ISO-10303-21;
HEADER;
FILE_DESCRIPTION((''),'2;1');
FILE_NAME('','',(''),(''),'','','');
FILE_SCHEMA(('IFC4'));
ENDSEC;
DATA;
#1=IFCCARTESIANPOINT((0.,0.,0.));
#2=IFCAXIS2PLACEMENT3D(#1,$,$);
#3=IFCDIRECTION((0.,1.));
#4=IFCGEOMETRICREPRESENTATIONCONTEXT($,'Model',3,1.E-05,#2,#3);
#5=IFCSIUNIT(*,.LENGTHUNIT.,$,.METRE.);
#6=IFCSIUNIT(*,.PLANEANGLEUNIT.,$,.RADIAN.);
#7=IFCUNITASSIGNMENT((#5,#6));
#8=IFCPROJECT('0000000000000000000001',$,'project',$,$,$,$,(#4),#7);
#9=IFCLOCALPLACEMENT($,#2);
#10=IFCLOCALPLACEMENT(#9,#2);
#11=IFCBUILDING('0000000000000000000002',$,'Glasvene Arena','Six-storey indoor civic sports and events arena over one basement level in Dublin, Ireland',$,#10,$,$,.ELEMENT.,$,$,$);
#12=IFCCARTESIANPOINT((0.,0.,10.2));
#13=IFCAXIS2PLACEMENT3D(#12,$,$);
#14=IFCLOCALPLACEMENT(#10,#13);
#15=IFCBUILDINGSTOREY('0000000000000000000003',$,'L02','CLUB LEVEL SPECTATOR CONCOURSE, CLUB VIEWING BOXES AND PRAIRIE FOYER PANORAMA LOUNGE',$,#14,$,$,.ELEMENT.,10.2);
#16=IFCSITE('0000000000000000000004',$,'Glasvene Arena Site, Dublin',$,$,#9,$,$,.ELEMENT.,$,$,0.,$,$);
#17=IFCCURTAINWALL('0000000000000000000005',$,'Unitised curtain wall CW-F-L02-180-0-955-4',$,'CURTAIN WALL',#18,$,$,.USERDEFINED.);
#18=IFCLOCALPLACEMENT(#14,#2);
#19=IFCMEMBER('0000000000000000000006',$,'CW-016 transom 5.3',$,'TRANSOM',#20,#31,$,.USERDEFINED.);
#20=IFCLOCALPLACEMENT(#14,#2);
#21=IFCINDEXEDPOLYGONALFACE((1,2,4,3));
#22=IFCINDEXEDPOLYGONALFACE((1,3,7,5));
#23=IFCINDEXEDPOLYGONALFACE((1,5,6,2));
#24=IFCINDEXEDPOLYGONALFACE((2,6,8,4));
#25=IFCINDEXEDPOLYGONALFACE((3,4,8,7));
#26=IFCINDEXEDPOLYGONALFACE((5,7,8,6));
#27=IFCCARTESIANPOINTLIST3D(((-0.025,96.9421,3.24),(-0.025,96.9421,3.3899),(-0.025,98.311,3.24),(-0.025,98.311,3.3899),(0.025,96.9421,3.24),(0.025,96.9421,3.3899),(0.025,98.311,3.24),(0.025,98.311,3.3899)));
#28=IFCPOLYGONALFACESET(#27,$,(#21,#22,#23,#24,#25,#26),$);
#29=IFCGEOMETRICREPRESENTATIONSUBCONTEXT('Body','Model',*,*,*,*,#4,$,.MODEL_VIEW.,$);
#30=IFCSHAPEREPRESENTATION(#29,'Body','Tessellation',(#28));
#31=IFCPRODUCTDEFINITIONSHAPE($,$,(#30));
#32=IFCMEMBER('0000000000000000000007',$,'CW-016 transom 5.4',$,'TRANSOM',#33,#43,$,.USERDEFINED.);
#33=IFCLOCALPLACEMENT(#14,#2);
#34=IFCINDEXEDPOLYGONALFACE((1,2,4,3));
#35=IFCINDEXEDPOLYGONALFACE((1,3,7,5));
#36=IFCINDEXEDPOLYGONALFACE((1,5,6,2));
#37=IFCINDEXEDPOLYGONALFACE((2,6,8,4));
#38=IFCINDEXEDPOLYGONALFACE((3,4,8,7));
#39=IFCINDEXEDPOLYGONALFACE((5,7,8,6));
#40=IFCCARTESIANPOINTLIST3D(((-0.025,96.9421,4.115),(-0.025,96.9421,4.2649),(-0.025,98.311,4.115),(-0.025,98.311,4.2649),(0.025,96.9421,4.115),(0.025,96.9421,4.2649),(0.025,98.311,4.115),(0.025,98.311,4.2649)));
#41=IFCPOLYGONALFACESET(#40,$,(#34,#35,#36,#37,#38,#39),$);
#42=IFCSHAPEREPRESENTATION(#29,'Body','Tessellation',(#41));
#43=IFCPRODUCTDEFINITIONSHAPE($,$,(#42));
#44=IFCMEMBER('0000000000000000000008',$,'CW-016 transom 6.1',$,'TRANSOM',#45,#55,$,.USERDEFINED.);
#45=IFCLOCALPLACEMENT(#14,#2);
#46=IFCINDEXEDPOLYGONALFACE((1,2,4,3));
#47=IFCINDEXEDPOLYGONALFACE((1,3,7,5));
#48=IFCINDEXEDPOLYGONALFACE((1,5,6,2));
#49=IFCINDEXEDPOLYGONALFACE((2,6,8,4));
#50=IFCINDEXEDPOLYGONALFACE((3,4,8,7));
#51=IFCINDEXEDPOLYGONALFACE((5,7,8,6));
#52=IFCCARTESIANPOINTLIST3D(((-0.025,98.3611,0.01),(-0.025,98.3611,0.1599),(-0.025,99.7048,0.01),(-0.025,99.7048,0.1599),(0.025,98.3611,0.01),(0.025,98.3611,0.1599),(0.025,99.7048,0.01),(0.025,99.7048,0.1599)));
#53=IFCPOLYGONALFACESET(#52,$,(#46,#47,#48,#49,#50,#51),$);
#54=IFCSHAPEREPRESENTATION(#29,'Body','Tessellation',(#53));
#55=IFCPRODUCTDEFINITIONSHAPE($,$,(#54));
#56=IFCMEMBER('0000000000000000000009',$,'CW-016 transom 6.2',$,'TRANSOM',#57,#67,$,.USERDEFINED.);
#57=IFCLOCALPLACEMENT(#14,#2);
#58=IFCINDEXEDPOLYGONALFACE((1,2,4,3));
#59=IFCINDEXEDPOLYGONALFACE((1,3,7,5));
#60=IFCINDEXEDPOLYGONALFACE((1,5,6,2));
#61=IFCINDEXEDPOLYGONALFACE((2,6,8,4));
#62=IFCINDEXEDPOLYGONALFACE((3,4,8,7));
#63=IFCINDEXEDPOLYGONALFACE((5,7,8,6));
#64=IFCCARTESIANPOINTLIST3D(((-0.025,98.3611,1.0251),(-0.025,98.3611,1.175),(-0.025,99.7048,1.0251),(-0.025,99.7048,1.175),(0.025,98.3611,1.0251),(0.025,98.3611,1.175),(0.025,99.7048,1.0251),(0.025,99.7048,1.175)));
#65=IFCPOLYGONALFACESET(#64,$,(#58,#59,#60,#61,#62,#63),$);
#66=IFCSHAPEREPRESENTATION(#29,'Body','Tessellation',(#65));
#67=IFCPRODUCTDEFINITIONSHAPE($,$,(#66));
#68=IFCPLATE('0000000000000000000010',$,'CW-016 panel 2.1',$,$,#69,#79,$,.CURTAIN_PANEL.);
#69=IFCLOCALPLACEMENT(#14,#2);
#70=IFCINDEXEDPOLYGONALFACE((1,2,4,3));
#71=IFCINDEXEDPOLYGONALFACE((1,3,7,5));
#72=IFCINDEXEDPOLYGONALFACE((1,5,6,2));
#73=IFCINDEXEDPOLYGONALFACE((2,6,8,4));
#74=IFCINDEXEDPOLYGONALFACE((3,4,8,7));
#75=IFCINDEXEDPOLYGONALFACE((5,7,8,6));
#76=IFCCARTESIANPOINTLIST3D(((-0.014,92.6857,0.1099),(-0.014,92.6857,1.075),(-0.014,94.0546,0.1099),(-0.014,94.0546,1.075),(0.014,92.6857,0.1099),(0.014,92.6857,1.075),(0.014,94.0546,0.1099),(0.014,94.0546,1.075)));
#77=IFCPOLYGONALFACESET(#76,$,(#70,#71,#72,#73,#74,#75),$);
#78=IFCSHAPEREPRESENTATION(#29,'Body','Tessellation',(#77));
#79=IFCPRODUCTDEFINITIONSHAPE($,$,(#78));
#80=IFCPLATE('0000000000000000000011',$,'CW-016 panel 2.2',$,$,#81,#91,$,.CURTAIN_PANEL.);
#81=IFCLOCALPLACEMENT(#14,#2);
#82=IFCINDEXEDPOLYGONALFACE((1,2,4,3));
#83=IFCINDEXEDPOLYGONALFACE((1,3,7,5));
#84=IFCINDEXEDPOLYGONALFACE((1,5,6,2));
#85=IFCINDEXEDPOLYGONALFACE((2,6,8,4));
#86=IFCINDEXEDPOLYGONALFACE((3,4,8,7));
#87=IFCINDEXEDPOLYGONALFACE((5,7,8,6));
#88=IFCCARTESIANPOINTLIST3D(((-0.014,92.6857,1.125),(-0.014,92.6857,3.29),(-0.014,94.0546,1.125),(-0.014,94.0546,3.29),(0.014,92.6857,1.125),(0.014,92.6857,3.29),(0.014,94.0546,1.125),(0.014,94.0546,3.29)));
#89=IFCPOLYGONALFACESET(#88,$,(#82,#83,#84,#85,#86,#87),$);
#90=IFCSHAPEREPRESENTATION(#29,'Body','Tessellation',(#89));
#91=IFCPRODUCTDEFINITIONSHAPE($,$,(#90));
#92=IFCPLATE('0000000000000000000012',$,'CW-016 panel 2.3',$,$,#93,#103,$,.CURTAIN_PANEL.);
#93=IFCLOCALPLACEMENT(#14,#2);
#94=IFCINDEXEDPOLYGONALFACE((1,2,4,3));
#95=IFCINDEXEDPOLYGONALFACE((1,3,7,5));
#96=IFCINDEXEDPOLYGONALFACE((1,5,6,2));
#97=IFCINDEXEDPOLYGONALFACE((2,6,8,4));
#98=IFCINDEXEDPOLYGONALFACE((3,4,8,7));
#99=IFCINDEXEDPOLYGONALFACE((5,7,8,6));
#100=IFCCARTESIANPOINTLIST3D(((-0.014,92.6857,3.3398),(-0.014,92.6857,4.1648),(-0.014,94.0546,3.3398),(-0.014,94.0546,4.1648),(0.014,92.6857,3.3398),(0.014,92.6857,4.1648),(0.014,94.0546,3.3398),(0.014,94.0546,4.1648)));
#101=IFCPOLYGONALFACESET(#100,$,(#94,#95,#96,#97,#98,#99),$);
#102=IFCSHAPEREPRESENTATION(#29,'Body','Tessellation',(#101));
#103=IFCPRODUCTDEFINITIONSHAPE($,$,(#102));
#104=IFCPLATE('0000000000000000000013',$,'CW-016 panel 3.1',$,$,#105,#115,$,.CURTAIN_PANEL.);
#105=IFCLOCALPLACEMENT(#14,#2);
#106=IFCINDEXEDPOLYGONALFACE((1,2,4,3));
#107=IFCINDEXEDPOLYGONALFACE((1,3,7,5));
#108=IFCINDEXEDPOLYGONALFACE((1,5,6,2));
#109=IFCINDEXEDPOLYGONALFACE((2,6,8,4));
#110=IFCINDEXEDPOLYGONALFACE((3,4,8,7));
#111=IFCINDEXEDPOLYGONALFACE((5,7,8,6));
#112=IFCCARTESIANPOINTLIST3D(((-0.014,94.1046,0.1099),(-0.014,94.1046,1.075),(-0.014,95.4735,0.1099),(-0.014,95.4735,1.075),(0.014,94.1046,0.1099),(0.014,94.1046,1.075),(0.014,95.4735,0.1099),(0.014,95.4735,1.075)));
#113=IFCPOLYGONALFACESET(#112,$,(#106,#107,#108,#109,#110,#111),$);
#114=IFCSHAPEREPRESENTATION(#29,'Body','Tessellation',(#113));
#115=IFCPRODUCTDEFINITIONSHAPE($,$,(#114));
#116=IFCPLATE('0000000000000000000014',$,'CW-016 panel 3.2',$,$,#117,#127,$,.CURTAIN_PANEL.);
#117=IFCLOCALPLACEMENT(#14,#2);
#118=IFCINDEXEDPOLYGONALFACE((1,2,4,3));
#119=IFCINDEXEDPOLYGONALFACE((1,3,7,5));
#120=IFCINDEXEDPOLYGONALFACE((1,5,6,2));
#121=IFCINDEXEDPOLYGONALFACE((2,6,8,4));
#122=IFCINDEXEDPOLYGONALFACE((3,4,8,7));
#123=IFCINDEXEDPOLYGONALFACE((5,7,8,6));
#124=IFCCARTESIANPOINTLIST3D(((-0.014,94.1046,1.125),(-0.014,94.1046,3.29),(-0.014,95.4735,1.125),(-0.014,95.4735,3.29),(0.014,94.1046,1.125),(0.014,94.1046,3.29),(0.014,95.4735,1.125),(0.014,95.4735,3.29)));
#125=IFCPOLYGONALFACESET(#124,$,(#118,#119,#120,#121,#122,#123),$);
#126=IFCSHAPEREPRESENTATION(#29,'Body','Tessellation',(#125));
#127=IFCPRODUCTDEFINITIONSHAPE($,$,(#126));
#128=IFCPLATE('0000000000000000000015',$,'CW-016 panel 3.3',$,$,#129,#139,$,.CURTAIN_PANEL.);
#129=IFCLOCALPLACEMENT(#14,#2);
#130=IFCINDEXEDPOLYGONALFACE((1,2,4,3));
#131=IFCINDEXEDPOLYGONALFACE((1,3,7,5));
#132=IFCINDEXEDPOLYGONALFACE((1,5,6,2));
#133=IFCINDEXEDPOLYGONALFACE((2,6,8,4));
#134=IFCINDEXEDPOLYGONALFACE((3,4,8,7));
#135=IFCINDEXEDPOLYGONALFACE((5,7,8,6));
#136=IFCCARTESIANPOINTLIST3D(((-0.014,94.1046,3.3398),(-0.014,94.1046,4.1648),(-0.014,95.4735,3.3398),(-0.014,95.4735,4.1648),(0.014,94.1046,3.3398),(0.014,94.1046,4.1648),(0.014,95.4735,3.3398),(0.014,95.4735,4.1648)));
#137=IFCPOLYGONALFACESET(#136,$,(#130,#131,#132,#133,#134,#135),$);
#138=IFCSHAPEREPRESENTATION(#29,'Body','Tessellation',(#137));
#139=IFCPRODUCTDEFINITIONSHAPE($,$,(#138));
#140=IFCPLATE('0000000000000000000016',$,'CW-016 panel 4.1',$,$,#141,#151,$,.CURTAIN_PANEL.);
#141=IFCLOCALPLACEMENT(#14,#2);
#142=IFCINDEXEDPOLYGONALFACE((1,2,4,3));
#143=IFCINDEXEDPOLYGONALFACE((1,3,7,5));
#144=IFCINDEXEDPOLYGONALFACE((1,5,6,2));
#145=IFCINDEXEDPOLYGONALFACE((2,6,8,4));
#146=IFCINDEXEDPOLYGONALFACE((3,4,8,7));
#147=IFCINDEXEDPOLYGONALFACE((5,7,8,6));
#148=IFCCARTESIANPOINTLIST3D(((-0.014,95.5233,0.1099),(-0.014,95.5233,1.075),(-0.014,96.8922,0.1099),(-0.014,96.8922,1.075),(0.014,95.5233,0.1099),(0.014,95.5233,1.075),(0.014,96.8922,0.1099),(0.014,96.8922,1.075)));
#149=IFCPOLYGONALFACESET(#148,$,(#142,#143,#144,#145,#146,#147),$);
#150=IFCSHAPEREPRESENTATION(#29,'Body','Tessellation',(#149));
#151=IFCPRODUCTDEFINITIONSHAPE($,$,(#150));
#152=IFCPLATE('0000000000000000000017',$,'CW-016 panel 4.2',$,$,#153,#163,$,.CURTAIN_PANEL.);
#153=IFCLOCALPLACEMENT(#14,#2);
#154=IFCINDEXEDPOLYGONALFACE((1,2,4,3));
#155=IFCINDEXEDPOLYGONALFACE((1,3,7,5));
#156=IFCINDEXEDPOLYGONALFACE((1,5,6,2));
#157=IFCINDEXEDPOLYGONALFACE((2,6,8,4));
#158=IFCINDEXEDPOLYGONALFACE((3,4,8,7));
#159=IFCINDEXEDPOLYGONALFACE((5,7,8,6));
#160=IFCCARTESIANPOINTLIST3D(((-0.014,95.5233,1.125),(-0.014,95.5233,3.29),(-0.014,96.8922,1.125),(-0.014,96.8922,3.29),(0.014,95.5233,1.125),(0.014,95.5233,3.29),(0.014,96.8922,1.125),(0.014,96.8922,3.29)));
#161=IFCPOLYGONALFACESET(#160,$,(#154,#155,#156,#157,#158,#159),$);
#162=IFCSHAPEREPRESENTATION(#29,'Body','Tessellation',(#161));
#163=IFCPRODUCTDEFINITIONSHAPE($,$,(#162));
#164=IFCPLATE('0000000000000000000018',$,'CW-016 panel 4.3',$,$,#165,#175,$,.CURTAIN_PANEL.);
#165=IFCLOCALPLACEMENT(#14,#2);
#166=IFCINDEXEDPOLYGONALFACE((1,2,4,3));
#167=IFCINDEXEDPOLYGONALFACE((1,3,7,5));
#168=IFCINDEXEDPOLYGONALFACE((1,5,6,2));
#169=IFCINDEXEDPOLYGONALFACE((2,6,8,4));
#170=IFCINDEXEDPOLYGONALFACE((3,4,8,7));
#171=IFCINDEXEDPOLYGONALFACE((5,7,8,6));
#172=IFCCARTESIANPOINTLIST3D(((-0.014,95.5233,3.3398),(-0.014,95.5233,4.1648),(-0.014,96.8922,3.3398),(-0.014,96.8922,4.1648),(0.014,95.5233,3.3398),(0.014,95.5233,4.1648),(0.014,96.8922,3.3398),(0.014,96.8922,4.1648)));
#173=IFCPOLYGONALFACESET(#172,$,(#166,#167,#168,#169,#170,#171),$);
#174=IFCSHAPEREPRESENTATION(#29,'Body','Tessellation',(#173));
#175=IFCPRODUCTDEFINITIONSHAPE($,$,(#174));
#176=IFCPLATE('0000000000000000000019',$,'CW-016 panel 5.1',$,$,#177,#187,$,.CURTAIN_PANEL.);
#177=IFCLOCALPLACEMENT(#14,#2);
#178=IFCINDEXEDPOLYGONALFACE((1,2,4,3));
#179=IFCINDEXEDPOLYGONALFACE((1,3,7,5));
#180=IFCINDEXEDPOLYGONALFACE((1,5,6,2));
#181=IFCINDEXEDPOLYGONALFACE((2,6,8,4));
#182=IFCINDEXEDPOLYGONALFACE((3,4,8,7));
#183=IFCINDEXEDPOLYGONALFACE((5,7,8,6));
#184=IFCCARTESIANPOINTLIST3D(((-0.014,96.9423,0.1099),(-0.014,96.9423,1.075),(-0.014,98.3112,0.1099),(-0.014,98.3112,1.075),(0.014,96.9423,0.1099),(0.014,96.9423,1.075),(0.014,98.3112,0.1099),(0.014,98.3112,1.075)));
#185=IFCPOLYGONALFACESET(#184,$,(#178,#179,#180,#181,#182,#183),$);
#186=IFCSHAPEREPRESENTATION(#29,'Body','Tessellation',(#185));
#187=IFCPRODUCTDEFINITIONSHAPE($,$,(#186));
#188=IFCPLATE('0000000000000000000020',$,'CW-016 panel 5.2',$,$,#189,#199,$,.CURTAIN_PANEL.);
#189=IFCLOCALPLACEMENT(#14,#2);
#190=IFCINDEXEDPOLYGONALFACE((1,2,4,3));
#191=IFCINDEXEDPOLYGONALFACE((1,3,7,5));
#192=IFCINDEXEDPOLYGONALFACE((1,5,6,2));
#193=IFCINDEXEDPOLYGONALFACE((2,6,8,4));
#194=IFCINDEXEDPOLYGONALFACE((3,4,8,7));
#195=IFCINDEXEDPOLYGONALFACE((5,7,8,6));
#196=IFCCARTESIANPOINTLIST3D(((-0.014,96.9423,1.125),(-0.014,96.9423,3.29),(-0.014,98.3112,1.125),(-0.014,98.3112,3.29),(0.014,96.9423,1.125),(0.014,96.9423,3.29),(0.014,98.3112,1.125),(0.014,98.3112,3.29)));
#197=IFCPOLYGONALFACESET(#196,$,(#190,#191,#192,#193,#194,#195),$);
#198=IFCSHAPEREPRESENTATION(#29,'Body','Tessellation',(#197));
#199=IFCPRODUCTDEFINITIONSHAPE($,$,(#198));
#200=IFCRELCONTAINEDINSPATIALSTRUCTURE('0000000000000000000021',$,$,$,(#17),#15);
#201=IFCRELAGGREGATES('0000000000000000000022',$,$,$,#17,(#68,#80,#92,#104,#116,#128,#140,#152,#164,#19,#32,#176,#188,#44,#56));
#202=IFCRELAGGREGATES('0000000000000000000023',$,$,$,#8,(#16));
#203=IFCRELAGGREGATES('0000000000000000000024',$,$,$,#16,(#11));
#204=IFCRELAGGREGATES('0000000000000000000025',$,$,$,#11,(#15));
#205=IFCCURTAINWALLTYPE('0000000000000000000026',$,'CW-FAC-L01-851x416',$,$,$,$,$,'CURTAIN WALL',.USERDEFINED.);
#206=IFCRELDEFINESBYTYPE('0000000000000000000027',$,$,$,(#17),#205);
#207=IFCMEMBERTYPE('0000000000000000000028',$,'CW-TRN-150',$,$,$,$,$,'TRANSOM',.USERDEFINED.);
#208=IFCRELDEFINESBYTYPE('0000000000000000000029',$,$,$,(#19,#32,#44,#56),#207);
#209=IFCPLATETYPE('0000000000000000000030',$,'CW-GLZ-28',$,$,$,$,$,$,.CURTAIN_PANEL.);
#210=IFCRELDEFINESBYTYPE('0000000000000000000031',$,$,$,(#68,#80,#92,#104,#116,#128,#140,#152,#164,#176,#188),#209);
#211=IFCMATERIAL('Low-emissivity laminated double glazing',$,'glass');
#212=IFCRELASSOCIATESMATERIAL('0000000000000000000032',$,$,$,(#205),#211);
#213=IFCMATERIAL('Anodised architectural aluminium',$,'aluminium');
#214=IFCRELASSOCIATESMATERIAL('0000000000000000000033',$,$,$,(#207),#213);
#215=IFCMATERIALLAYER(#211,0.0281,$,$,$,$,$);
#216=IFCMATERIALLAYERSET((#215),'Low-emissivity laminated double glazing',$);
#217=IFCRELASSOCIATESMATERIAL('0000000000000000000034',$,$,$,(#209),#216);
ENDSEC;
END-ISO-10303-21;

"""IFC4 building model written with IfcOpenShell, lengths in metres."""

from ifc_helpers import new_model, si_unit, direction, frame, origin, origin_2d, place, context, subcontext, project, spatial, rectangle, extrude, material, layer, layer_set, material_profile, profile_set, type_object, element, aggregate, save


model = new_model("IFC4")

# Units and contexts
model_context = context("Model", 3, precision=1e-05, world=origin(), true_north=direction((0.0, 1.0)))
body_context = subcontext(model_context, "Body", "Model", "MODEL_VIEW")
ifc_project = project(units=[si_unit("LENGTHUNIT", "METRE"), si_unit("PLANEANGLEUNIT", "RADIAN")], contexts=[model_context])

# Site, building, storey
site_placement = place(None, origin())
site = spatial("IfcSite", under=ifc_project, at=site_placement, Name="Glasvene Arena Site, Dublin", CompositionType="ELEMENT", RefElevation=0.0)
building_placement = place(site_placement, origin())
building = spatial("IfcBuilding", under=site, at=building_placement, Name="Glasvene Arena", Description="Six-storey indoor civic sports and events arena over one basement level in Dublin, Ireland", CompositionType="ELEMENT")
storey_placement = place(building_placement, frame((0.0, 0.0, 10.2)))
storey = spatial("IfcBuildingStorey", under=building, at=storey_placement, Name="L02", Description="CLUB LEVEL SPECTATOR CONCOURSE, CLUB VIEWING BOXES AND PRAIRIE FOYER PANORAMA LOUNGE", CompositionType="ELEMENT", Elevation=10.2)

# Curtain wall, members, plates
ifc_material_1 = material(Name="Low-emissivity laminated double glazing", Category="glass")
curtain_wall_type = type_object("IfcCurtainWallType", Name="CW-FAC-L01-851x416", ElementType="CURTAIN WALL", PredefinedType="USERDEFINED", material=ifc_material_1)
curtain_wall_placement = place(storey_placement, frame((0.0, 91.2419, 0.0)))
curtain_wall = element("IfcCurtainWall", 1, at=curtain_wall_placement, inside=storey, type_object=curtain_wall_type, Name="Unitised curtain wall CW-F-L02-180-0-955-4", ObjectType="CURTAIN WALL", PredefinedType="USERDEFINED")
ifc_material_2 = material(Name="Anodised architectural aluminium", Category="aluminium")
ifc_material_profile_1 = material_profile(ifc_material_2, rectangle(XDim=0.05, YDim=0.1499, at=origin_2d()), Name="ALU TRANSOM 50x150")
ifc_profile_set_1 = profile_set([ifc_material_profile_1], Name="Anodised architectural aluminium")
member_type_1 = type_object("IfcMemberType", Name="CW-TRN-150", ElementType="TRANSOM", PredefinedType="USERDEFINED", material=ifc_profile_set_1)
member_1_placement = place(storey_placement, frame((0.0, 96.9421, 3.3149), z_axis=(0.0, 1.0, 0.0), x_axis=(-1.0, 0.0, 0.0)))
member_1 = element("IfcMember", 2, at=member_1_placement, type_object=member_type_1, Name="CW-016 transom 5.3", ObjectType="TRANSOM", PredefinedType="USERDEFINED", context=body_context, shape_type="SweptSolid", body=[
    extrude(rectangle(XDim=0.05, YDim=0.1499, at=origin_2d()), origin(), (0.0, 0.0, 1.0), 1.3689),
])
member_2_placement = place(storey_placement, frame((0.0, 96.9421, 4.1899), z_axis=(0.0, 1.0, 0.0), x_axis=(-1.0, 0.0, 0.0)))
member_2 = element("IfcMember", 3, at=member_2_placement, type_object=member_type_1, Name="CW-016 transom 5.4", ObjectType="TRANSOM", PredefinedType="USERDEFINED", context=body_context, shape_type="SweptSolid", body=[
    extrude(rectangle(XDim=0.05, YDim=0.1499, at=origin_2d()), origin(), (0.0, 0.0, 1.0), 1.3689),
])
member_3_placement = place(storey_placement, frame((0.0, 98.3611, 0.085), z_axis=(0.0, 1.0, 0.0), x_axis=(-1.0, 0.0, 0.0)))
member_3 = element("IfcMember", 4, at=member_3_placement, type_object=member_type_1, Name="CW-016 transom 6.1", ObjectType="TRANSOM", PredefinedType="USERDEFINED", context=body_context, shape_type="SweptSolid", body=[
    extrude(rectangle(XDim=0.05, YDim=0.1499, at=origin_2d()), origin(), (0.0, 0.0, 1.0), 1.3438),
])
member_4_placement = place(storey_placement, frame((0.0, 98.3611, 1.1001), z_axis=(0.0, 1.0, 0.0), x_axis=(-1.0, 0.0, 0.0)))
member_4 = element("IfcMember", 5, at=member_4_placement, type_object=member_type_1, Name="CW-016 transom 6.2", ObjectType="TRANSOM", PredefinedType="USERDEFINED", context=body_context, shape_type="SweptSolid", body=[
    extrude(rectangle(XDim=0.05, YDim=0.1499, at=origin_2d()), origin(), (0.0, 0.0, 1.0), 1.3438),
])
ifc_layer = layer(ifc_material_1, 0.0281)
ifc_layer_set = layer_set([ifc_layer], Name="Low-emissivity laminated double glazing")
plate_type = type_object("IfcPlateType", Name="CW-GLZ-28", PredefinedType="CURTAIN_PANEL", material=ifc_layer_set)
plate_1_placement = place(storey_placement, frame((0.0, 93.3701, 0.1099), z_axis=(0.0, 0.0, 1.0), x_axis=(0.0, 1.0, 0.0)))
plate_1 = element("IfcPlate", 6, at=plate_1_placement, type_object=plate_type, Name="CW-016 panel 2.1", PredefinedType="CURTAIN_PANEL", context=body_context, shape_type="SweptSolid", body=[
    extrude(rectangle(XDim=1.3689, YDim=0.0281, at=origin_2d()), origin(), (0.0, 0.0, 1.0), 0.9651),
])
plate_2_placement = place(storey_placement, frame((0.0, 93.3701, 1.125), z_axis=(0.0, 0.0, 1.0), x_axis=(0.0, 1.0, 0.0)))
plate_2 = element("IfcPlate", 7, at=plate_2_placement, type_object=plate_type, Name="CW-016 panel 2.2", PredefinedType="CURTAIN_PANEL", context=body_context, shape_type="SweptSolid", body=[
    extrude(rectangle(XDim=1.3689, YDim=0.0281, at=origin_2d()), origin(), (0.0, 0.0, 1.0), 2.165),
])
plate_3_placement = place(storey_placement, frame((0.0, 93.3701, 3.3398), z_axis=(0.0, 0.0, 1.0), x_axis=(0.0, 1.0, 0.0)))
plate_3 = element("IfcPlate", 8, at=plate_3_placement, type_object=plate_type, Name="CW-016 panel 2.3", PredefinedType="CURTAIN_PANEL", context=body_context, shape_type="SweptSolid", body=[
    extrude(rectangle(XDim=1.3689, YDim=0.0281, at=origin_2d()), origin(), (0.0, 0.0, 1.0), 0.825),
])
plate_4_placement = place(storey_placement, frame((0.0, 94.7891, 0.1099), z_axis=(0.0, 0.0, 1.0), x_axis=(0.0, 1.0, 0.0)))
plate_4 = element("IfcPlate", 9, at=plate_4_placement, type_object=plate_type, Name="CW-016 panel 3.1", PredefinedType="CURTAIN_PANEL", context=body_context, shape_type="SweptSolid", body=[
    extrude(rectangle(XDim=1.3689, YDim=0.0281, at=origin_2d()), origin(), (0.0, 0.0, 1.0), 0.9651),
])
plate_5_placement = place(storey_placement, frame((0.0, 94.7891, 1.125), z_axis=(0.0, 0.0, 1.0), x_axis=(0.0, 1.0, 0.0)))
plate_5 = element("IfcPlate", 10, at=plate_5_placement, type_object=plate_type, Name="CW-016 panel 3.2", PredefinedType="CURTAIN_PANEL", context=body_context, shape_type="SweptSolid", body=[
    extrude(rectangle(XDim=1.3689, YDim=0.0281, at=origin_2d()), origin(), (0.0, 0.0, 1.0), 2.165),
])
plate_6_placement = place(storey_placement, frame((0.0, 94.7891, 3.3398), z_axis=(0.0, 0.0, 1.0), x_axis=(0.0, 1.0, 0.0)))
plate_6 = element("IfcPlate", 11, at=plate_6_placement, type_object=plate_type, Name="CW-016 panel 3.3", PredefinedType="CURTAIN_PANEL", context=body_context, shape_type="SweptSolid", body=[
    extrude(rectangle(XDim=1.3689, YDim=0.0281, at=origin_2d()), origin(), (0.0, 0.0, 1.0), 0.825),
])
plate_7_placement = place(storey_placement, frame((0.0, 96.2078, 0.1099), z_axis=(0.0, 0.0, 1.0), x_axis=(0.0, 1.0, 0.0)))
plate_7 = element("IfcPlate", 12, at=plate_7_placement, type_object=plate_type, Name="CW-016 panel 4.1", PredefinedType="CURTAIN_PANEL", context=body_context, shape_type="SweptSolid", body=[
    extrude(rectangle(XDim=1.3689, YDim=0.0281, at=origin_2d()), origin(), (0.0, 0.0, 1.0), 0.9651),
])
plate_8_placement = place(storey_placement, frame((0.0, 96.2078, 1.125), z_axis=(0.0, 0.0, 1.0), x_axis=(0.0, 1.0, 0.0)))
plate_8 = element("IfcPlate", 13, at=plate_8_placement, type_object=plate_type, Name="CW-016 panel 4.2", PredefinedType="CURTAIN_PANEL", context=body_context, shape_type="SweptSolid", body=[
    extrude(rectangle(XDim=1.3689, YDim=0.0281, at=origin_2d()), origin(), (0.0, 0.0, 1.0), 2.165),
])
plate_9_placement = place(storey_placement, frame((0.0, 96.2078, 3.3398), z_axis=(0.0, 0.0, 1.0), x_axis=(0.0, 1.0, 0.0)))
plate_9 = element("IfcPlate", 14, at=plate_9_placement, type_object=plate_type, Name="CW-016 panel 4.3", PredefinedType="CURTAIN_PANEL", context=body_context, shape_type="SweptSolid", body=[
    extrude(rectangle(XDim=1.3689, YDim=0.0281, at=origin_2d()), origin(), (0.0, 0.0, 1.0), 0.825),
])
plate_10_placement = place(storey_placement, frame((0.0, 97.6267, 0.1099), z_axis=(0.0, 0.0, 1.0), x_axis=(0.0, 1.0, 0.0)))
plate_10 = element("IfcPlate", 15, at=plate_10_placement, type_object=plate_type, Name="CW-016 panel 5.1", PredefinedType="CURTAIN_PANEL", context=body_context, shape_type="SweptSolid", body=[
    extrude(rectangle(XDim=1.3689, YDim=0.0281, at=origin_2d()), origin(), (0.0, 0.0, 1.0), 0.9651),
])
plate_11_placement = place(storey_placement, frame((0.0, 97.6267, 1.125), z_axis=(0.0, 0.0, 1.0), x_axis=(0.0, 1.0, 0.0)))
plate_11 = element("IfcPlate", 16, at=plate_11_placement, type_object=plate_type, Name="CW-016 panel 5.2", PredefinedType="CURTAIN_PANEL", context=body_context, shape_type="SweptSolid", body=[
    extrude(rectangle(XDim=1.3689, YDim=0.0281, at=origin_2d()), origin(), (0.0, 0.0, 1.0), 2.165),
])
aggregate(curtain_wall, [plate_1, plate_2, plate_3, plate_4, plate_5, plate_6, plate_7, plate_8, plate_9, member_1, member_2, plate_10, plate_11, member_3, member_4])

save(model, "model.ifc")
